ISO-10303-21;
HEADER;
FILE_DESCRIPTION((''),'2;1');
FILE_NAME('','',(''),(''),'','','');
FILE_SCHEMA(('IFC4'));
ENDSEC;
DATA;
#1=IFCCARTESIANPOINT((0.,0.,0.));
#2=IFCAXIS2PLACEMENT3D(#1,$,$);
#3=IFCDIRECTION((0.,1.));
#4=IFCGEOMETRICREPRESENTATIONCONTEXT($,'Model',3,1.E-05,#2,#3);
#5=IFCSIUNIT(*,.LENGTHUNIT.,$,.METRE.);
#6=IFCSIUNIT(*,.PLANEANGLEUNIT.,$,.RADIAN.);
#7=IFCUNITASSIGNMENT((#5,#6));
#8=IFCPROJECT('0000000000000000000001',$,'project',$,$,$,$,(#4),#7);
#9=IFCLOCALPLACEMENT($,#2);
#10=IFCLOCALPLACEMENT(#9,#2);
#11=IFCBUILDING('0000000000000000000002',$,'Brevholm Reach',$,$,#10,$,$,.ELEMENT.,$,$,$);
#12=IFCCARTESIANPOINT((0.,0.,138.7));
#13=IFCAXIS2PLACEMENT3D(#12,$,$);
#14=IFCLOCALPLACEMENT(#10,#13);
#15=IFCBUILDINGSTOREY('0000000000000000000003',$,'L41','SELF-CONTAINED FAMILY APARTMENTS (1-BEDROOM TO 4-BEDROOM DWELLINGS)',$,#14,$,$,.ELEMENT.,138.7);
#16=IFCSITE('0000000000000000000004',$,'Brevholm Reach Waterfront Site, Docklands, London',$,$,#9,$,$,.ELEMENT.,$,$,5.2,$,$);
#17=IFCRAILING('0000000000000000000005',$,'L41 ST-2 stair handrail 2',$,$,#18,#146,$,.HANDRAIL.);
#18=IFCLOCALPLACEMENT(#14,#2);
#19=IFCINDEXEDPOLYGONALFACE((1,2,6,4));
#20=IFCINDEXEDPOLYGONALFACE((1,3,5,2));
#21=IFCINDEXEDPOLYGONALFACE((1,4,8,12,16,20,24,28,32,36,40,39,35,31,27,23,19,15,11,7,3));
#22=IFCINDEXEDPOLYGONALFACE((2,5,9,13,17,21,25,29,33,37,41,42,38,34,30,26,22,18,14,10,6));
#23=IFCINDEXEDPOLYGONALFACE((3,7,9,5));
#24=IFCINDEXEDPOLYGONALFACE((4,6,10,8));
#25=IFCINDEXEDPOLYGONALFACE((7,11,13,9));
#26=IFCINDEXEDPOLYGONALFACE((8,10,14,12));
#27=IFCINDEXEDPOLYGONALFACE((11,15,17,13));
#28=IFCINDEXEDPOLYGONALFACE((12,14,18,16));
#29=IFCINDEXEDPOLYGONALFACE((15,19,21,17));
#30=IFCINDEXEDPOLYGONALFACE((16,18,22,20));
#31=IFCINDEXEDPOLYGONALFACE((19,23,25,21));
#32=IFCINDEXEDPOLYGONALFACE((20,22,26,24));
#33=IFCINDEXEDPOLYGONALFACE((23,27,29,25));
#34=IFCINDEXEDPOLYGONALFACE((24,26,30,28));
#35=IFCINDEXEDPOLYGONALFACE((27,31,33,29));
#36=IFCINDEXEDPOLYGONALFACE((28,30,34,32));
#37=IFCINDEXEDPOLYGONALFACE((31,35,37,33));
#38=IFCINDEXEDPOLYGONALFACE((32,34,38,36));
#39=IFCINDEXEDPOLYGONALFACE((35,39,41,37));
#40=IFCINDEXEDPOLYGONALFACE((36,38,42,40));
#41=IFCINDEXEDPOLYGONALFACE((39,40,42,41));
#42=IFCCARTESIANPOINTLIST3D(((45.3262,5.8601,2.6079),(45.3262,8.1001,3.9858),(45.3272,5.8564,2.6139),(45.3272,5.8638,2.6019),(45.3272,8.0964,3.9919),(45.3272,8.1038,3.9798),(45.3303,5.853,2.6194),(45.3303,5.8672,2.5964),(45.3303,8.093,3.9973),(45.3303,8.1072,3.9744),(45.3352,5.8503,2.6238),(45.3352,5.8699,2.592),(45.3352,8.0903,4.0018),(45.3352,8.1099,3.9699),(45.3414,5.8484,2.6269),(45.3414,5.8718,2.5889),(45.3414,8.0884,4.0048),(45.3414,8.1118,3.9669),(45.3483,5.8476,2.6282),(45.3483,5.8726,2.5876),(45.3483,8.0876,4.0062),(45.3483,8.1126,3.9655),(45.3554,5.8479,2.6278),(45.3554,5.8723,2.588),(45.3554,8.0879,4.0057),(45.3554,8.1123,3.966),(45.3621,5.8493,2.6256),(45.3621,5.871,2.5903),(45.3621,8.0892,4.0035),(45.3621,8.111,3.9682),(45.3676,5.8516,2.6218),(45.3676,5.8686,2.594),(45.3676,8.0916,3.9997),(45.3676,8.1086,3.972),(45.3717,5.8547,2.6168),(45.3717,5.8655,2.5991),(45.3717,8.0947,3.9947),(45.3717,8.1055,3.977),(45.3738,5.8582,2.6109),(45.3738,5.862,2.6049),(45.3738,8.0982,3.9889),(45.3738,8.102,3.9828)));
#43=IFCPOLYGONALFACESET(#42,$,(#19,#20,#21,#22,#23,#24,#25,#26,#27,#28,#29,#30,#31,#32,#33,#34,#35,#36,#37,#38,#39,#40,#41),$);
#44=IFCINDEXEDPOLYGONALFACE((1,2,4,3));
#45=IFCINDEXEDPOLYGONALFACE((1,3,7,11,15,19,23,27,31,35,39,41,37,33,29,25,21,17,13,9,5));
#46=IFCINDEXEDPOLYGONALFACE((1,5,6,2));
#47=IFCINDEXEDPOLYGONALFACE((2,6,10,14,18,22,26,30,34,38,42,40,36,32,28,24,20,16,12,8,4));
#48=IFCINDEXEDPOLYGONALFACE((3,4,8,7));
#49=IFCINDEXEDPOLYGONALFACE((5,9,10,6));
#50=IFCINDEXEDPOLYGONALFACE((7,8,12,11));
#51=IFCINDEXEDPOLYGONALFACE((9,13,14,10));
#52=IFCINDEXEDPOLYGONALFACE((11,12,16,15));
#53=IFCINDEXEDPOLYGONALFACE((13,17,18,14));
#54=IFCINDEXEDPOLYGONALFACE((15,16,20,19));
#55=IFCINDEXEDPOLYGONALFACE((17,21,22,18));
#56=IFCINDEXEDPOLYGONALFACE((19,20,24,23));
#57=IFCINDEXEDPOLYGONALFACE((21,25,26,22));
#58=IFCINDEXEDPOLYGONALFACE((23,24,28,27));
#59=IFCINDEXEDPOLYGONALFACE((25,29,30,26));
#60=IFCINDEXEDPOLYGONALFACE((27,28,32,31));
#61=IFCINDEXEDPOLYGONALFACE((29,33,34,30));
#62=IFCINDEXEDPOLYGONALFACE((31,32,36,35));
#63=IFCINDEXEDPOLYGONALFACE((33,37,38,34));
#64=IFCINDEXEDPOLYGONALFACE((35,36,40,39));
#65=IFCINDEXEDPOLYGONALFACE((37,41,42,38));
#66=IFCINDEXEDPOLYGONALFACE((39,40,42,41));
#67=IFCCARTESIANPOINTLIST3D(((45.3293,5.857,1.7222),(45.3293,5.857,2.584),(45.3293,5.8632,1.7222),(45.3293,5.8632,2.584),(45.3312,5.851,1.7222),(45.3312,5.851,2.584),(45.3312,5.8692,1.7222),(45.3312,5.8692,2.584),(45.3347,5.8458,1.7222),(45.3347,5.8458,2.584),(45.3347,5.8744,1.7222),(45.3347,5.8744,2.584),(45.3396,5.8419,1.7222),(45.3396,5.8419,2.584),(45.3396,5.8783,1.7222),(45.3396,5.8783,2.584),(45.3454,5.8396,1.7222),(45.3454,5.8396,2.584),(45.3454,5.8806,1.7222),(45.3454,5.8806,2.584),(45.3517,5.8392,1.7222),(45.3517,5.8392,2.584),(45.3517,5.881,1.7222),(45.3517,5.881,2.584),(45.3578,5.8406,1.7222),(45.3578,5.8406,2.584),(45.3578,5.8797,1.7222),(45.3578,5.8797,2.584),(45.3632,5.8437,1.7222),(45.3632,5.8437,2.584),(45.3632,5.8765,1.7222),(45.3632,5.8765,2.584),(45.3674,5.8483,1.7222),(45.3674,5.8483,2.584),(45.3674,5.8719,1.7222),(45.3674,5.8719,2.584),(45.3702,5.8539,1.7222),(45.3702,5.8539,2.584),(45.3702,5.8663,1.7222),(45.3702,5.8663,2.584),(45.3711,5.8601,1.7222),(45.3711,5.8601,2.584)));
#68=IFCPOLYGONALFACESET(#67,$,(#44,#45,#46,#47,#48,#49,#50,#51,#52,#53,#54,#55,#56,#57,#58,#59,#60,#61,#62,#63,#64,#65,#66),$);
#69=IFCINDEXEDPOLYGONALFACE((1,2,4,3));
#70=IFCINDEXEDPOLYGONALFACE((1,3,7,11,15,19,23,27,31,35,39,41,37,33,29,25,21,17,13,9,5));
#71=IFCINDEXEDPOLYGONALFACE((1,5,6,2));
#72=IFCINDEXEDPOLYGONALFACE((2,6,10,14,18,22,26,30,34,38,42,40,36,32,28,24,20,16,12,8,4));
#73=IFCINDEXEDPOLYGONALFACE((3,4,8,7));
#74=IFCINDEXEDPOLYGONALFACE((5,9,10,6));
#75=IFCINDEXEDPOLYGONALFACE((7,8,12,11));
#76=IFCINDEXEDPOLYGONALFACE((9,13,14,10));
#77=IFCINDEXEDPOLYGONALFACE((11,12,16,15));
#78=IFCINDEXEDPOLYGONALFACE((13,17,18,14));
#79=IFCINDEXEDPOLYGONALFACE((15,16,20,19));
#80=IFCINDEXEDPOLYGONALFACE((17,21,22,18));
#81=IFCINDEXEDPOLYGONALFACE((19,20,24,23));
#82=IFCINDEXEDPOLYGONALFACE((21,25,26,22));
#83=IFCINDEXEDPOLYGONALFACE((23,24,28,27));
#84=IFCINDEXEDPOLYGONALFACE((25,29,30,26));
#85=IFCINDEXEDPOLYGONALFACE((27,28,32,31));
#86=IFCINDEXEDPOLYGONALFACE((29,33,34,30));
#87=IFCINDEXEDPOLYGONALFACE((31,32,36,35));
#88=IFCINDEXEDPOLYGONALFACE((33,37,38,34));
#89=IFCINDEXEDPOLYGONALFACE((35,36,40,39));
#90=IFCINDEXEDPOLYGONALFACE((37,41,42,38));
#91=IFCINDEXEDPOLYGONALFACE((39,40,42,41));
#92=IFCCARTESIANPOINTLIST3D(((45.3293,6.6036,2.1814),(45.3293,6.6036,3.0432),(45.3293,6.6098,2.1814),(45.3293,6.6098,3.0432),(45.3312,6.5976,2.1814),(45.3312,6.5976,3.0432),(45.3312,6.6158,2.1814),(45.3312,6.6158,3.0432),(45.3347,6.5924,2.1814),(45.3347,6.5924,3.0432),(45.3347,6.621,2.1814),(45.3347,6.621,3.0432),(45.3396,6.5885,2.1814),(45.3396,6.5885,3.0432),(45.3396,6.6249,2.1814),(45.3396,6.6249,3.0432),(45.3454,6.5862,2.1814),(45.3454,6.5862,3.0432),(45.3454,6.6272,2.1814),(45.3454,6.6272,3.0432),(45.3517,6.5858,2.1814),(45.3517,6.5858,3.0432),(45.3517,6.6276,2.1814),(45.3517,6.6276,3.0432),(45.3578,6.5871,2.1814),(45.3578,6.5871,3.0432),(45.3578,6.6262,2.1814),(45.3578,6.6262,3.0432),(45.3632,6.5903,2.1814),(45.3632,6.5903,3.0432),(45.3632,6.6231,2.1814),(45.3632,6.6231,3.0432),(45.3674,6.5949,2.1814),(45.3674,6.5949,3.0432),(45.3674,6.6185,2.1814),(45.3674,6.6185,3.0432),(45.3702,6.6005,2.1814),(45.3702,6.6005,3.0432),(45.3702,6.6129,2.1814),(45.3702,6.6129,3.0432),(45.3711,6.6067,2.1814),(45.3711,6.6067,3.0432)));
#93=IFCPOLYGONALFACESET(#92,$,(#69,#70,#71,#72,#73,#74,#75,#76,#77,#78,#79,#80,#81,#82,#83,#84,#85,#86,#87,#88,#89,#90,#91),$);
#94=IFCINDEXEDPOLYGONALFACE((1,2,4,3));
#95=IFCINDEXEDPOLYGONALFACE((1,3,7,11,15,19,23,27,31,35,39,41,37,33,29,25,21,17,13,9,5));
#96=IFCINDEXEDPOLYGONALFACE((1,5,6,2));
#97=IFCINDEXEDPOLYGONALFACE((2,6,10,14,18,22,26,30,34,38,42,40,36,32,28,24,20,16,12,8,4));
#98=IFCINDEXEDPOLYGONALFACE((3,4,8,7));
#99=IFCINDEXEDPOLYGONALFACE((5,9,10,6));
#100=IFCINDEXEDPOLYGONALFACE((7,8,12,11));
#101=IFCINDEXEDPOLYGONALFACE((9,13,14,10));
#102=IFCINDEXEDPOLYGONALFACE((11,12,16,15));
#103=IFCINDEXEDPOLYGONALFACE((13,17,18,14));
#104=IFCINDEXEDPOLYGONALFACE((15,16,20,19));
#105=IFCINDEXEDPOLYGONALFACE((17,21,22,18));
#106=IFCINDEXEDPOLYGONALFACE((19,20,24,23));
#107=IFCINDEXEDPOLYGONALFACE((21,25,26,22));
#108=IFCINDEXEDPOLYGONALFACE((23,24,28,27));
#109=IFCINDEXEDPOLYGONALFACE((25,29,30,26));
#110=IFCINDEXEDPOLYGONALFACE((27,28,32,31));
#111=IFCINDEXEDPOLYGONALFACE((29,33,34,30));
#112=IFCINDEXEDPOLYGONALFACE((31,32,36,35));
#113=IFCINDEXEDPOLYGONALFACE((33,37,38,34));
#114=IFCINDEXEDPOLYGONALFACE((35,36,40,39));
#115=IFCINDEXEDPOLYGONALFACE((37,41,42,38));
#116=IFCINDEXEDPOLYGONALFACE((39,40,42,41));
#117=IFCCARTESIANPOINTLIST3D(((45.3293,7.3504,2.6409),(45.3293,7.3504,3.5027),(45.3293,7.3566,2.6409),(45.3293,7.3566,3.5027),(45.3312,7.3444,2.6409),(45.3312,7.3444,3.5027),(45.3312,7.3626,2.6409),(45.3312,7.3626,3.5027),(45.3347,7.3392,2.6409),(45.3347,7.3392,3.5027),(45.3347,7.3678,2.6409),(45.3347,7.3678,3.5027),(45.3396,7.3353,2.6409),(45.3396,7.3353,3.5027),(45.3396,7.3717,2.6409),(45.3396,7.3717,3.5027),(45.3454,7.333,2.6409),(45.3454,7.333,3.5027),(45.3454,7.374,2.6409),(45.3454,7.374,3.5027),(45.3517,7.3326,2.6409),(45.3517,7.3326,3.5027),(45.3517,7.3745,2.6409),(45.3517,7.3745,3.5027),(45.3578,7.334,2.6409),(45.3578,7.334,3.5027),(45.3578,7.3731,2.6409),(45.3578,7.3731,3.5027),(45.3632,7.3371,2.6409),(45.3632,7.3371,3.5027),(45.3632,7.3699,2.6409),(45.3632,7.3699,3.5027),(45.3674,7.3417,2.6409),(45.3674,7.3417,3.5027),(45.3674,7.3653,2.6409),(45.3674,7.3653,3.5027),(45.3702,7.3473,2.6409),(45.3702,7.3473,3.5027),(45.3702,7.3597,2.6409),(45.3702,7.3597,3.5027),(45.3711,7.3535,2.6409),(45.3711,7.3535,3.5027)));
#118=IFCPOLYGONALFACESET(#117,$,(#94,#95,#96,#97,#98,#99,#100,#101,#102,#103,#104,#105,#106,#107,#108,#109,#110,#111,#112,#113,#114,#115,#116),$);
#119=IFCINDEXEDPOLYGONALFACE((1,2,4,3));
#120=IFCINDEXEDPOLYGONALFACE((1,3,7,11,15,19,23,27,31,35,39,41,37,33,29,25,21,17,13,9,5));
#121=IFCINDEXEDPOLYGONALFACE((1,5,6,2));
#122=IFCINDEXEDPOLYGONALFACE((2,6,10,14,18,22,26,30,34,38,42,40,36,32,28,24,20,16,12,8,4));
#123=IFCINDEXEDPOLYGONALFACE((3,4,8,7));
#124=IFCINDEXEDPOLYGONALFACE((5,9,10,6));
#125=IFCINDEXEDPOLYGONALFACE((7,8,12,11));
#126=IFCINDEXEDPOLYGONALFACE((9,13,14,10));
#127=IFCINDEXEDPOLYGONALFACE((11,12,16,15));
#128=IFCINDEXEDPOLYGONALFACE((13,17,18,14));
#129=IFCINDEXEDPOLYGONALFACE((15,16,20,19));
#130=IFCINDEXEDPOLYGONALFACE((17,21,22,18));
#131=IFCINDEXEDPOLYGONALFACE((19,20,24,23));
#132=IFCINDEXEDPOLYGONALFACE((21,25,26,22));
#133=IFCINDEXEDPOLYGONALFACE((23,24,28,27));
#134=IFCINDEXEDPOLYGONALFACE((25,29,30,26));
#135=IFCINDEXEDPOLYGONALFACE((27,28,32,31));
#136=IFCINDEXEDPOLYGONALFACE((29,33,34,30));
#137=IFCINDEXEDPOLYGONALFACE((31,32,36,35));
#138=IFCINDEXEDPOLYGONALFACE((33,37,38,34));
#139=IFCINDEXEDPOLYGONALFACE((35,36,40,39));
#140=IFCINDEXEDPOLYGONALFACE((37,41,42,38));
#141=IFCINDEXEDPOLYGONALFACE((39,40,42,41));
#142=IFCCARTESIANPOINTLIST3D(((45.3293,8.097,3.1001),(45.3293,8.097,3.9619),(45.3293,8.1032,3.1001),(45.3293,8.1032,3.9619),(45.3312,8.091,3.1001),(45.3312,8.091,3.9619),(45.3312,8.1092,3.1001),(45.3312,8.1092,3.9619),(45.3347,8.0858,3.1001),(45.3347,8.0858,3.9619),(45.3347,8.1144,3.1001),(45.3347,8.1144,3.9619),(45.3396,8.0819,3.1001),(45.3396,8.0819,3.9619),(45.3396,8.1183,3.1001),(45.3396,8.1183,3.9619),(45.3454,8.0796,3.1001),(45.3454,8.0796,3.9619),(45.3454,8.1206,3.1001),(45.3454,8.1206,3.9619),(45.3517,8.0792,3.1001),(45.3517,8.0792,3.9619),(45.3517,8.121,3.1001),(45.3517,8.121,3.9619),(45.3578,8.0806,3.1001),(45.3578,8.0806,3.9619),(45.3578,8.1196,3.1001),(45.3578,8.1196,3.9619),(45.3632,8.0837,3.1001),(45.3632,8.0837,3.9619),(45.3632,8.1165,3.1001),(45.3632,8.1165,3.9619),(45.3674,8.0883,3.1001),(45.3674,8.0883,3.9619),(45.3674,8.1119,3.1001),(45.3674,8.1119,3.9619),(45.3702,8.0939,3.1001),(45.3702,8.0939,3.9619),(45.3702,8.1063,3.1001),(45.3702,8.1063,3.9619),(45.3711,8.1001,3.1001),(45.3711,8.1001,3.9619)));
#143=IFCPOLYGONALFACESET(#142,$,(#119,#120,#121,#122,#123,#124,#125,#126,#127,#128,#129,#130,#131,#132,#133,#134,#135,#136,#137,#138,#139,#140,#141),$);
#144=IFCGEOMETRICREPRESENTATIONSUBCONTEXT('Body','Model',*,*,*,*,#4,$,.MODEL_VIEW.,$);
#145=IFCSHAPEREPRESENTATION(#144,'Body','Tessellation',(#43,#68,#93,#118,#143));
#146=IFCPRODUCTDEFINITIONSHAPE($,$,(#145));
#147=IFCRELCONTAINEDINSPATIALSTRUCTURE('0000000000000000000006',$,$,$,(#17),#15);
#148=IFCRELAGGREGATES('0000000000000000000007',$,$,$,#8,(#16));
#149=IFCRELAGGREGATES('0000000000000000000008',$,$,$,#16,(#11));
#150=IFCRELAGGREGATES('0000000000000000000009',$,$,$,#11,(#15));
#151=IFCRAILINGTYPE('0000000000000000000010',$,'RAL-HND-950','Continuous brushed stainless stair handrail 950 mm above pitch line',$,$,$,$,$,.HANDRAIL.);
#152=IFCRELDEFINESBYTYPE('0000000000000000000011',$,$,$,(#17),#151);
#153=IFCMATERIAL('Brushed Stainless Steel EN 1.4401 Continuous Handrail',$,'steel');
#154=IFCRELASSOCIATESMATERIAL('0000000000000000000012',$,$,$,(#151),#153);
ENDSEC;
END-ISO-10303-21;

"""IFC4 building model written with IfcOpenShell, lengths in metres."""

from ifc_helpers import new_model, si_unit, direction, frame, origin, origin_2d, place, context, subcontext, project, spatial, circle, extrude, material, type_object, element, save


model = new_model("IFC4")

# Units and contexts
model_context = context("Model", 3, precision=1e-05, world=origin(), true_north=direction((0.0, 1.0)))
body_context = subcontext(model_context, "Body", "Model", "MODEL_VIEW")
ifc_project = project(units=[si_unit("LENGTHUNIT", "METRE"), si_unit("PLANEANGLEUNIT", "RADIAN")], contexts=[model_context])

# Site, building, storey
site_placement = place(None, origin())
site = spatial("IfcSite", under=ifc_project, at=site_placement, Name="Brevholm Reach Waterfront Site, Docklands, London", CompositionType="ELEMENT", RefElevation=5.2)
building_placement = place(site_placement, origin())
building = spatial("IfcBuilding", under=site, at=building_placement, Name="Brevholm Reach", CompositionType="ELEMENT")
storey_placement = place(building_placement, frame((0.0, 0.0, 138.7)))
storey = spatial("IfcBuildingStorey", under=building, at=storey_placement, Name="L41", Description="SELF-CONTAINED FAMILY APARTMENTS (1-BEDROOM TO 4-BEDROOM DWELLINGS)", CompositionType="ELEMENT", Elevation=138.7)

# Railing
ifc_material_1 = material(Name="Brushed Stainless Steel EN 1.4401 Continuous Handrail", Category="steel")
railing_type_1 = type_object("IfcRailingType", Name="RAL-HND-950", Description="Continuous brushed stainless stair handrail 950 mm above pitch line", PredefinedType="HANDRAIL", material=ifc_material_1)
railing_1_placement = place(storey_placement, frame((45.3501, 5.8601, 1.7222)))
element("IfcRailing", 1, at=railing_1_placement, inside=storey, type_object=railing_type_1, Name="L41 ST-2 stair handrail 2", PredefinedType="HANDRAIL", context=body_context, shape_type="SweptSolid", body=[
    extrude(circle(Radius=0.0239, at=origin_2d()), frame((0.0, 0.0, 0.8857), z_axis=(0.0, 0.851748, 0.523952), x_axis=(-1.0, 0.0, 0.0)), (0.0, 0.0, 1.0), 2.6299),
    extrude(circle(Radius=0.021, at=origin_2d()), origin(), (0.0, 0.0, 1.0), 0.8618),
    extrude(circle(Radius=0.021, at=origin_2d()), frame((0.0, 0.7466, 0.4592)), (0.0, 0.0, 1.0), 0.8618),
    extrude(circle(Radius=0.021, at=origin_2d()), frame((0.0, 1.4934, 0.9187)), (0.0, 0.0, 1.0), 0.8618),
    extrude(circle(Radius=0.021, at=origin_2d()), frame((0.0, 2.24, 1.3779)), (0.0, 0.0, 1.0), 0.8618),
])

save(model, "model.ifc")
